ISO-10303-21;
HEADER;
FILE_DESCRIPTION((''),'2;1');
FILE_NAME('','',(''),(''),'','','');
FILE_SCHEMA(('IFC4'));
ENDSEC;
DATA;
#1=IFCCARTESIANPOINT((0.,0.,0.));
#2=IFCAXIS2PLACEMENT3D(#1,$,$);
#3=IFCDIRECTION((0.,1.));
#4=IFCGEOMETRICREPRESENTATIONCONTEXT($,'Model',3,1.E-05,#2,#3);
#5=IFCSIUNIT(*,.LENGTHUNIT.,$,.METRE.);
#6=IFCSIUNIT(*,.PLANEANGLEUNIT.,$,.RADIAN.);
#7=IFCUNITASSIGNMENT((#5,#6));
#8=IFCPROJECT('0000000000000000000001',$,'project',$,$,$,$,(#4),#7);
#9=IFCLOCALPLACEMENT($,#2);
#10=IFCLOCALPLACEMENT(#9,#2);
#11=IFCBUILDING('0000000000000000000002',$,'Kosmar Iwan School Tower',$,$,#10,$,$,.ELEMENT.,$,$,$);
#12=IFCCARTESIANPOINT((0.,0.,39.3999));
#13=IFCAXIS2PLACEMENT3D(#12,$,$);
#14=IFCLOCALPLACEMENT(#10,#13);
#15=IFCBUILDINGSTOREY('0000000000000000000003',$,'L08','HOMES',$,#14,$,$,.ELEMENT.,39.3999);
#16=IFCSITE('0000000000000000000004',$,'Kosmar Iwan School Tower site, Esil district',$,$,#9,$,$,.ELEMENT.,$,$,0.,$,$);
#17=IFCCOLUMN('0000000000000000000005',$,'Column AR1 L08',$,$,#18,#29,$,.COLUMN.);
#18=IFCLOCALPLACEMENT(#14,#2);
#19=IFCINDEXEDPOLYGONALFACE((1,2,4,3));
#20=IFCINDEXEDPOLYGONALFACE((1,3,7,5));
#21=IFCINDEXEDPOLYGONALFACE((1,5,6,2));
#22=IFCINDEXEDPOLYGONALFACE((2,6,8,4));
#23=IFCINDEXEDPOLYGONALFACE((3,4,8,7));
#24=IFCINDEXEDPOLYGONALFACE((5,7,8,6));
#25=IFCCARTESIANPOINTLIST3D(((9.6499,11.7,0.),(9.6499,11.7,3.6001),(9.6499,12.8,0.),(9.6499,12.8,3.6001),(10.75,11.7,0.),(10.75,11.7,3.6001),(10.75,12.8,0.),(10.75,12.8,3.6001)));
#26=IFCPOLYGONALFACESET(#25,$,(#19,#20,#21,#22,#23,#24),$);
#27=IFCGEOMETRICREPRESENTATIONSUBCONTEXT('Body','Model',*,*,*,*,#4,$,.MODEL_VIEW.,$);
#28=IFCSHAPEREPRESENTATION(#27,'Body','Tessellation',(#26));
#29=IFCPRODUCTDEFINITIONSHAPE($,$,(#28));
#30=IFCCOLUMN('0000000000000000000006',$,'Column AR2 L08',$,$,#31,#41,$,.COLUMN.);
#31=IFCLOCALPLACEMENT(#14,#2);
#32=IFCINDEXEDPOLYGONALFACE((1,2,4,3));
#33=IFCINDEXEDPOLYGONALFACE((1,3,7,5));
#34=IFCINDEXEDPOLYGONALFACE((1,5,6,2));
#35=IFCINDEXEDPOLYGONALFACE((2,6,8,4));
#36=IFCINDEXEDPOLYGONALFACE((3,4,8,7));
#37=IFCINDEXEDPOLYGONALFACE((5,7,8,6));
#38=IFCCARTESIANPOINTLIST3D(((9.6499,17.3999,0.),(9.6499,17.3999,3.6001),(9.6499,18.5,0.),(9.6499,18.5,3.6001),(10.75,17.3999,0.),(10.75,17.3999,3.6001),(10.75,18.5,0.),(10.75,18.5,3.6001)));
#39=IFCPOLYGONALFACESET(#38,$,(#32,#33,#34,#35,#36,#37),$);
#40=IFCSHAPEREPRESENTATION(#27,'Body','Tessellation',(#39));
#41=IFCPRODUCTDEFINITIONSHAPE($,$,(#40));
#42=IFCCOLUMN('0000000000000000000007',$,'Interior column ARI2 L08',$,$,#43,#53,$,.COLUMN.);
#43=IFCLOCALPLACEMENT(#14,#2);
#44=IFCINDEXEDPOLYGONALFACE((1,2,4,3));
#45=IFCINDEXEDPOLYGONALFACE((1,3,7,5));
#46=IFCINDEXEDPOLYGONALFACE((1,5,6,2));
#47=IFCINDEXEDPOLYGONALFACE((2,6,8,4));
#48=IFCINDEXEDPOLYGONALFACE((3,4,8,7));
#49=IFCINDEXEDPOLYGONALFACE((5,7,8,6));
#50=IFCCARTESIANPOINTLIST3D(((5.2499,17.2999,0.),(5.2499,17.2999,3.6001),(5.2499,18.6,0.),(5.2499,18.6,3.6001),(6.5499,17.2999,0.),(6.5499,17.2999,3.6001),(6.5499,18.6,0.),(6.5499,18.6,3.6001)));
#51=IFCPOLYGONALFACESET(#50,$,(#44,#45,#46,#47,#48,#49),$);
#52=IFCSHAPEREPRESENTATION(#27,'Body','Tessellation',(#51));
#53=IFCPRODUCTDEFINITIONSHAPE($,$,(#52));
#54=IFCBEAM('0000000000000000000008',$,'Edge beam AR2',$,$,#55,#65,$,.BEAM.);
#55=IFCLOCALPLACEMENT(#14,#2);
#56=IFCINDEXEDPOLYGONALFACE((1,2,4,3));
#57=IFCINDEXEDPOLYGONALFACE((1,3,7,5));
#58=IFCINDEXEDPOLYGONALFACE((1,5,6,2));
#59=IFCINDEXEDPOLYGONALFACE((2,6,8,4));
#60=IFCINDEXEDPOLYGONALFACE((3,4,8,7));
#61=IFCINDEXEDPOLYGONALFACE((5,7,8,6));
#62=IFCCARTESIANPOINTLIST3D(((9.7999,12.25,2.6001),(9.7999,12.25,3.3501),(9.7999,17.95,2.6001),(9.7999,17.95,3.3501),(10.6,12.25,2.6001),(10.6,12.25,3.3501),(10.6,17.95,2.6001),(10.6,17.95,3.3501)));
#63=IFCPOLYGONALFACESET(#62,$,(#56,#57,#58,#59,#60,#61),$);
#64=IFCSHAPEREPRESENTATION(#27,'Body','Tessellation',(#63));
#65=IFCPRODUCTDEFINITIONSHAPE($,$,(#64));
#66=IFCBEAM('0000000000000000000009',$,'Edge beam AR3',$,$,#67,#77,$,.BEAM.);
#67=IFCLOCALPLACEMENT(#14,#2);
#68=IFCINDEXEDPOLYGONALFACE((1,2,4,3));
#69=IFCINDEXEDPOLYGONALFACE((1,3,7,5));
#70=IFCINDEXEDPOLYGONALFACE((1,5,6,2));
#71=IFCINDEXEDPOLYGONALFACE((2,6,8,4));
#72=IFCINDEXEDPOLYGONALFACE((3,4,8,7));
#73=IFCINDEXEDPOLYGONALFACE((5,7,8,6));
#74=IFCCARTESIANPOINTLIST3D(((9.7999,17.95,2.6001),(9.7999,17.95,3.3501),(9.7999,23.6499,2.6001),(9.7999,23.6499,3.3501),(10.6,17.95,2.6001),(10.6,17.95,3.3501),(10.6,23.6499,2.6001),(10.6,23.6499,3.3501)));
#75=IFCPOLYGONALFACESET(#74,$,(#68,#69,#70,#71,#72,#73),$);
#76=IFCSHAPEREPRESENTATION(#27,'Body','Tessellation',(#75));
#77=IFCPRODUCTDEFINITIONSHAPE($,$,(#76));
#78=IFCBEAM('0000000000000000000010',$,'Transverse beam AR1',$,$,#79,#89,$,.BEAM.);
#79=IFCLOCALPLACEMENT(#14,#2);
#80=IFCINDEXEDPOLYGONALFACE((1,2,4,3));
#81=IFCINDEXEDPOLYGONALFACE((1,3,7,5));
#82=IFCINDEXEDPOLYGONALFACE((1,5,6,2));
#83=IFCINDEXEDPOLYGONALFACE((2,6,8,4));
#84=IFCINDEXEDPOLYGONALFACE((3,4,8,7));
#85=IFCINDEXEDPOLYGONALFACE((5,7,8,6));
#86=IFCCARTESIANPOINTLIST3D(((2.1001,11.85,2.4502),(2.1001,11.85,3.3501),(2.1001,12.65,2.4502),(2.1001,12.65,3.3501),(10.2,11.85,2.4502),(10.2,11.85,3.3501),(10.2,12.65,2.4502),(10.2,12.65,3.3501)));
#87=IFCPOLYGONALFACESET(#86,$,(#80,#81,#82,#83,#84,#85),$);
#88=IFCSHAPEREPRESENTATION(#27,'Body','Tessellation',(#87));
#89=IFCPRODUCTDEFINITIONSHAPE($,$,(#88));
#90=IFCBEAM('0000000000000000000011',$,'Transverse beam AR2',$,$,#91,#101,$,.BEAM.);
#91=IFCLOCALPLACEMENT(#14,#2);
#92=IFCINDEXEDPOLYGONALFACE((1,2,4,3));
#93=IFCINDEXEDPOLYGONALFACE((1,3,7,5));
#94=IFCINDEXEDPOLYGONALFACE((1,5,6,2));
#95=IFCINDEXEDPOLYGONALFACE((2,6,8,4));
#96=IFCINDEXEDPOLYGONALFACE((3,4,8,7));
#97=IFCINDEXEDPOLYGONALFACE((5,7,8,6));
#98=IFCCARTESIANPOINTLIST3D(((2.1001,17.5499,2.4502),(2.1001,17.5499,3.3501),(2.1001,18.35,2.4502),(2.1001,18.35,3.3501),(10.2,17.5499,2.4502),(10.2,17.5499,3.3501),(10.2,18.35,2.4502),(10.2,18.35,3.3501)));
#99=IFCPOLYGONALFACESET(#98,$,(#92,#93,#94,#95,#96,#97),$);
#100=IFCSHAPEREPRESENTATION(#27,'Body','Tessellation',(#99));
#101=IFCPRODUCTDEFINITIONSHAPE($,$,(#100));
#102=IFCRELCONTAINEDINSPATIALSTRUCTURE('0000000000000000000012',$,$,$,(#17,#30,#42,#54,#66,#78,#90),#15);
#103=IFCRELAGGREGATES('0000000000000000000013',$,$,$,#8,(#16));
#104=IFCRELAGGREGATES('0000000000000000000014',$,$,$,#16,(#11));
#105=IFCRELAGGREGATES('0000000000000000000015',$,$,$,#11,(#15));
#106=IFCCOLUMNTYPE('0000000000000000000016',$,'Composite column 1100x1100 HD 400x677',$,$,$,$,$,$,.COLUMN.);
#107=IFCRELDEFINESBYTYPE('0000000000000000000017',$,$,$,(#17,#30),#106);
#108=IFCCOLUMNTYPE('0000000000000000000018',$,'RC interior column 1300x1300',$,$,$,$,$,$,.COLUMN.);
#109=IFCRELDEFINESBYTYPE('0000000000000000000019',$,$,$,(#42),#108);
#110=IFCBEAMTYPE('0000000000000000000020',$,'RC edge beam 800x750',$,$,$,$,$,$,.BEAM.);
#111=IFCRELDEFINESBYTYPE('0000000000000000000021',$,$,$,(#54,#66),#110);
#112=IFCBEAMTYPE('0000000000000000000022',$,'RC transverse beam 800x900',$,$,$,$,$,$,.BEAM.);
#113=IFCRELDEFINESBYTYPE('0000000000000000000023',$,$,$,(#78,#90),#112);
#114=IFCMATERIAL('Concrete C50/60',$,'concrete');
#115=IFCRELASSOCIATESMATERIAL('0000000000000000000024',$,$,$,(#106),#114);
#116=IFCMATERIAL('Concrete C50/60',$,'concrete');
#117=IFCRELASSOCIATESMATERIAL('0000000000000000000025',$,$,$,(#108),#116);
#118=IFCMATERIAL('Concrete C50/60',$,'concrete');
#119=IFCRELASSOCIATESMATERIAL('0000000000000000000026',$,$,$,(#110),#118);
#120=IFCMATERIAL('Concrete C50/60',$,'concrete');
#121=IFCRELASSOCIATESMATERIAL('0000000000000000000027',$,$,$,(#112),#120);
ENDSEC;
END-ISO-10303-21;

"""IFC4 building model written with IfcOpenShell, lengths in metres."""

from ifc_helpers import new_model, si_unit, direction, frame, origin, origin_2d, place, context, subcontext, project, spatial, rectangle, extrude, material, material_profile, profile_set, type_object, element, save


model = new_model("IFC4")

# Units and contexts
model_context = context("Model", 3, precision=1e-05, world=origin(), true_north=direction((0.0, 1.0)))
body_context = subcontext(model_context, "Body", "Model", "MODEL_VIEW")
ifc_project = project(units=[si_unit("LENGTHUNIT", "METRE"), si_unit("PLANEANGLEUNIT", "RADIAN")], contexts=[model_context])

# Site, building, storey
site_placement = place(None, origin())
site = spatial("IfcSite", under=ifc_project, at=site_placement, Name="Kosmar Iwan School Tower site, Esil district", CompositionType="ELEMENT", RefElevation=0.0)
building_placement = place(site_placement, origin())
building = spatial("IfcBuilding", under=site, at=building_placement, Name="Kosmar Iwan School Tower", CompositionType="ELEMENT")
storey_placement = place(building_placement, frame((0.0, 0.0, 39.3999)))
storey = spatial("IfcBuildingStorey", under=building, at=storey_placement, Name="L08", Description="HOMES", CompositionType="ELEMENT", Elevation=39.3999)

# Columns
ifc_material_1 = material(Name="Concrete C50/60", Category="concrete")
ifc_material_profile_1 = material_profile(ifc_material_1, rectangle(XDim=1.1001, YDim=1.1001, at=origin_2d()), Name="RC 1100x1100 + HD 400x677")
ifc_profile_set_1 = profile_set([ifc_material_profile_1], Name="Concrete C50/60")
column_type_1 = type_object("IfcColumnType", Name="Composite column 1100x1100 HD 400x677", PredefinedType="COLUMN", material=ifc_profile_set_1)
for number, where, z_axis, x_axis, name in (
    (1, (10.2, 12.25, 0.0), (0.0, 0.0, 1.0), (0.0, 1.0, 0.0), "Column AR1 L08"),
    (2, (10.2, 17.95, 0.0), (0.0, 0.0, 1.0), (0.0, 1.0, 0.0), "Column AR2 L08"),
):
    element("IfcColumn", number, at=place(storey_placement, frame(where, z_axis=z_axis, x_axis=x_axis)), inside=storey, type_object=column_type_1, Name=name, PredefinedType="COLUMN", context=body_context, shape_type="SweptSolid", body=[
        extrude(rectangle(XDim=1.1001, YDim=1.1001, at=origin_2d()), origin(), (0.0, 0.0, 1.0), 3.6001),
    ])
ifc_material_2 = material(Name="Concrete C50/60", Category="concrete")
ifc_material_profile_2 = material_profile(ifc_material_2, rectangle(XDim=1.3, YDim=1.3, at=origin_2d()), Name="RC 1300x1300")
ifc_profile_set_2 = profile_set([ifc_material_profile_2], Name="Concrete C50/60")
column_type_2 = type_object("IfcColumnType", Name="RC interior column 1300x1300", PredefinedType="COLUMN", material=ifc_profile_set_2)
column_placement = place(storey_placement, frame((5.8999, 17.95, 0.0), z_axis=(0.0, 0.0, 1.0), x_axis=(0.0, 1.0, 0.0)))
element("IfcColumn", 3, at=column_placement, inside=storey, type_object=column_type_2, Name="Interior column ARI2 L08", PredefinedType="COLUMN", context=body_context, shape_type="SweptSolid", body=[
    extrude(rectangle(XDim=1.3, YDim=1.3, at=origin_2d()), origin(), (0.0, 0.0, 1.0), 3.6001),
])

# Beams
ifc_material_3 = material(Name="Concrete C50/60", Category="concrete")
ifc_material_profile_3 = material_profile(ifc_material_3, rectangle(XDim=0.8, YDim=0.75, at=origin_2d()), Name="RC 800x750")
ifc_profile_set_3 = profile_set([ifc_material_profile_3], Name="Concrete C50/60")
beam_type_1 = type_object("IfcBeamType", Name="RC edge beam 800x750", PredefinedType="BEAM", material=ifc_profile_set_3)
for number, where, z_axis, x_axis, name in (
    (4, (10.2, 12.25, 2.9751), (0.0, 1.0, 0.0), (-1.0, 0.0, 0.0), "Edge beam AR2"),
    (5, (10.2, 17.95, 2.9751), (0.0, 1.0, 0.0), (-1.0, 0.0, 0.0), "Edge beam AR3"),
):
    element("IfcBeam", number, at=place(storey_placement, frame(where, z_axis=z_axis, x_axis=x_axis)), inside=storey, type_object=beam_type_1, Name=name, PredefinedType="BEAM", context=body_context, shape_type="SweptSolid", body=[
        extrude(rectangle(XDim=0.8, YDim=0.75, at=origin_2d()), origin(), (0.0, 0.0, 1.0), 5.7),
    ])
ifc_material_4 = material(Name="Concrete C50/60", Category="concrete")
ifc_material_profile_4 = material_profile(ifc_material_4, rectangle(XDim=0.8, YDim=0.8999, at=origin_2d()), Name="RC 800x900")
ifc_profile_set_4 = profile_set([ifc_material_profile_4], Name="Concrete C50/60")
beam_type_2 = type_object("IfcBeamType", Name="RC transverse beam 800x900", PredefinedType="BEAM", material=ifc_profile_set_4)
for number, where, z_axis, x_axis, name in (
    (6, (10.2, 12.25, 2.9001), (-1.0, 0.0, 0.0), (0.0, -1.0, 0.0), "Transverse beam AR1"),
    (7, (10.2, 17.95, 2.9001), (-1.0, 0.0, 0.0), (0.0, -1.0, 0.0), "Transverse beam AR2"),
):
    element("IfcBeam", number, at=place(storey_placement, frame(where, z_axis=z_axis, x_axis=x_axis)), inside=storey, type_object=beam_type_2, Name=name, PredefinedType="BEAM", context=body_context, shape_type="SweptSolid", body=[
        extrude(rectangle(XDim=0.8, YDim=0.8999, at=origin_2d()), origin(), (0.0, 0.0, 1.0), 8.0999),
    ])

save(model, "model.ifc")
